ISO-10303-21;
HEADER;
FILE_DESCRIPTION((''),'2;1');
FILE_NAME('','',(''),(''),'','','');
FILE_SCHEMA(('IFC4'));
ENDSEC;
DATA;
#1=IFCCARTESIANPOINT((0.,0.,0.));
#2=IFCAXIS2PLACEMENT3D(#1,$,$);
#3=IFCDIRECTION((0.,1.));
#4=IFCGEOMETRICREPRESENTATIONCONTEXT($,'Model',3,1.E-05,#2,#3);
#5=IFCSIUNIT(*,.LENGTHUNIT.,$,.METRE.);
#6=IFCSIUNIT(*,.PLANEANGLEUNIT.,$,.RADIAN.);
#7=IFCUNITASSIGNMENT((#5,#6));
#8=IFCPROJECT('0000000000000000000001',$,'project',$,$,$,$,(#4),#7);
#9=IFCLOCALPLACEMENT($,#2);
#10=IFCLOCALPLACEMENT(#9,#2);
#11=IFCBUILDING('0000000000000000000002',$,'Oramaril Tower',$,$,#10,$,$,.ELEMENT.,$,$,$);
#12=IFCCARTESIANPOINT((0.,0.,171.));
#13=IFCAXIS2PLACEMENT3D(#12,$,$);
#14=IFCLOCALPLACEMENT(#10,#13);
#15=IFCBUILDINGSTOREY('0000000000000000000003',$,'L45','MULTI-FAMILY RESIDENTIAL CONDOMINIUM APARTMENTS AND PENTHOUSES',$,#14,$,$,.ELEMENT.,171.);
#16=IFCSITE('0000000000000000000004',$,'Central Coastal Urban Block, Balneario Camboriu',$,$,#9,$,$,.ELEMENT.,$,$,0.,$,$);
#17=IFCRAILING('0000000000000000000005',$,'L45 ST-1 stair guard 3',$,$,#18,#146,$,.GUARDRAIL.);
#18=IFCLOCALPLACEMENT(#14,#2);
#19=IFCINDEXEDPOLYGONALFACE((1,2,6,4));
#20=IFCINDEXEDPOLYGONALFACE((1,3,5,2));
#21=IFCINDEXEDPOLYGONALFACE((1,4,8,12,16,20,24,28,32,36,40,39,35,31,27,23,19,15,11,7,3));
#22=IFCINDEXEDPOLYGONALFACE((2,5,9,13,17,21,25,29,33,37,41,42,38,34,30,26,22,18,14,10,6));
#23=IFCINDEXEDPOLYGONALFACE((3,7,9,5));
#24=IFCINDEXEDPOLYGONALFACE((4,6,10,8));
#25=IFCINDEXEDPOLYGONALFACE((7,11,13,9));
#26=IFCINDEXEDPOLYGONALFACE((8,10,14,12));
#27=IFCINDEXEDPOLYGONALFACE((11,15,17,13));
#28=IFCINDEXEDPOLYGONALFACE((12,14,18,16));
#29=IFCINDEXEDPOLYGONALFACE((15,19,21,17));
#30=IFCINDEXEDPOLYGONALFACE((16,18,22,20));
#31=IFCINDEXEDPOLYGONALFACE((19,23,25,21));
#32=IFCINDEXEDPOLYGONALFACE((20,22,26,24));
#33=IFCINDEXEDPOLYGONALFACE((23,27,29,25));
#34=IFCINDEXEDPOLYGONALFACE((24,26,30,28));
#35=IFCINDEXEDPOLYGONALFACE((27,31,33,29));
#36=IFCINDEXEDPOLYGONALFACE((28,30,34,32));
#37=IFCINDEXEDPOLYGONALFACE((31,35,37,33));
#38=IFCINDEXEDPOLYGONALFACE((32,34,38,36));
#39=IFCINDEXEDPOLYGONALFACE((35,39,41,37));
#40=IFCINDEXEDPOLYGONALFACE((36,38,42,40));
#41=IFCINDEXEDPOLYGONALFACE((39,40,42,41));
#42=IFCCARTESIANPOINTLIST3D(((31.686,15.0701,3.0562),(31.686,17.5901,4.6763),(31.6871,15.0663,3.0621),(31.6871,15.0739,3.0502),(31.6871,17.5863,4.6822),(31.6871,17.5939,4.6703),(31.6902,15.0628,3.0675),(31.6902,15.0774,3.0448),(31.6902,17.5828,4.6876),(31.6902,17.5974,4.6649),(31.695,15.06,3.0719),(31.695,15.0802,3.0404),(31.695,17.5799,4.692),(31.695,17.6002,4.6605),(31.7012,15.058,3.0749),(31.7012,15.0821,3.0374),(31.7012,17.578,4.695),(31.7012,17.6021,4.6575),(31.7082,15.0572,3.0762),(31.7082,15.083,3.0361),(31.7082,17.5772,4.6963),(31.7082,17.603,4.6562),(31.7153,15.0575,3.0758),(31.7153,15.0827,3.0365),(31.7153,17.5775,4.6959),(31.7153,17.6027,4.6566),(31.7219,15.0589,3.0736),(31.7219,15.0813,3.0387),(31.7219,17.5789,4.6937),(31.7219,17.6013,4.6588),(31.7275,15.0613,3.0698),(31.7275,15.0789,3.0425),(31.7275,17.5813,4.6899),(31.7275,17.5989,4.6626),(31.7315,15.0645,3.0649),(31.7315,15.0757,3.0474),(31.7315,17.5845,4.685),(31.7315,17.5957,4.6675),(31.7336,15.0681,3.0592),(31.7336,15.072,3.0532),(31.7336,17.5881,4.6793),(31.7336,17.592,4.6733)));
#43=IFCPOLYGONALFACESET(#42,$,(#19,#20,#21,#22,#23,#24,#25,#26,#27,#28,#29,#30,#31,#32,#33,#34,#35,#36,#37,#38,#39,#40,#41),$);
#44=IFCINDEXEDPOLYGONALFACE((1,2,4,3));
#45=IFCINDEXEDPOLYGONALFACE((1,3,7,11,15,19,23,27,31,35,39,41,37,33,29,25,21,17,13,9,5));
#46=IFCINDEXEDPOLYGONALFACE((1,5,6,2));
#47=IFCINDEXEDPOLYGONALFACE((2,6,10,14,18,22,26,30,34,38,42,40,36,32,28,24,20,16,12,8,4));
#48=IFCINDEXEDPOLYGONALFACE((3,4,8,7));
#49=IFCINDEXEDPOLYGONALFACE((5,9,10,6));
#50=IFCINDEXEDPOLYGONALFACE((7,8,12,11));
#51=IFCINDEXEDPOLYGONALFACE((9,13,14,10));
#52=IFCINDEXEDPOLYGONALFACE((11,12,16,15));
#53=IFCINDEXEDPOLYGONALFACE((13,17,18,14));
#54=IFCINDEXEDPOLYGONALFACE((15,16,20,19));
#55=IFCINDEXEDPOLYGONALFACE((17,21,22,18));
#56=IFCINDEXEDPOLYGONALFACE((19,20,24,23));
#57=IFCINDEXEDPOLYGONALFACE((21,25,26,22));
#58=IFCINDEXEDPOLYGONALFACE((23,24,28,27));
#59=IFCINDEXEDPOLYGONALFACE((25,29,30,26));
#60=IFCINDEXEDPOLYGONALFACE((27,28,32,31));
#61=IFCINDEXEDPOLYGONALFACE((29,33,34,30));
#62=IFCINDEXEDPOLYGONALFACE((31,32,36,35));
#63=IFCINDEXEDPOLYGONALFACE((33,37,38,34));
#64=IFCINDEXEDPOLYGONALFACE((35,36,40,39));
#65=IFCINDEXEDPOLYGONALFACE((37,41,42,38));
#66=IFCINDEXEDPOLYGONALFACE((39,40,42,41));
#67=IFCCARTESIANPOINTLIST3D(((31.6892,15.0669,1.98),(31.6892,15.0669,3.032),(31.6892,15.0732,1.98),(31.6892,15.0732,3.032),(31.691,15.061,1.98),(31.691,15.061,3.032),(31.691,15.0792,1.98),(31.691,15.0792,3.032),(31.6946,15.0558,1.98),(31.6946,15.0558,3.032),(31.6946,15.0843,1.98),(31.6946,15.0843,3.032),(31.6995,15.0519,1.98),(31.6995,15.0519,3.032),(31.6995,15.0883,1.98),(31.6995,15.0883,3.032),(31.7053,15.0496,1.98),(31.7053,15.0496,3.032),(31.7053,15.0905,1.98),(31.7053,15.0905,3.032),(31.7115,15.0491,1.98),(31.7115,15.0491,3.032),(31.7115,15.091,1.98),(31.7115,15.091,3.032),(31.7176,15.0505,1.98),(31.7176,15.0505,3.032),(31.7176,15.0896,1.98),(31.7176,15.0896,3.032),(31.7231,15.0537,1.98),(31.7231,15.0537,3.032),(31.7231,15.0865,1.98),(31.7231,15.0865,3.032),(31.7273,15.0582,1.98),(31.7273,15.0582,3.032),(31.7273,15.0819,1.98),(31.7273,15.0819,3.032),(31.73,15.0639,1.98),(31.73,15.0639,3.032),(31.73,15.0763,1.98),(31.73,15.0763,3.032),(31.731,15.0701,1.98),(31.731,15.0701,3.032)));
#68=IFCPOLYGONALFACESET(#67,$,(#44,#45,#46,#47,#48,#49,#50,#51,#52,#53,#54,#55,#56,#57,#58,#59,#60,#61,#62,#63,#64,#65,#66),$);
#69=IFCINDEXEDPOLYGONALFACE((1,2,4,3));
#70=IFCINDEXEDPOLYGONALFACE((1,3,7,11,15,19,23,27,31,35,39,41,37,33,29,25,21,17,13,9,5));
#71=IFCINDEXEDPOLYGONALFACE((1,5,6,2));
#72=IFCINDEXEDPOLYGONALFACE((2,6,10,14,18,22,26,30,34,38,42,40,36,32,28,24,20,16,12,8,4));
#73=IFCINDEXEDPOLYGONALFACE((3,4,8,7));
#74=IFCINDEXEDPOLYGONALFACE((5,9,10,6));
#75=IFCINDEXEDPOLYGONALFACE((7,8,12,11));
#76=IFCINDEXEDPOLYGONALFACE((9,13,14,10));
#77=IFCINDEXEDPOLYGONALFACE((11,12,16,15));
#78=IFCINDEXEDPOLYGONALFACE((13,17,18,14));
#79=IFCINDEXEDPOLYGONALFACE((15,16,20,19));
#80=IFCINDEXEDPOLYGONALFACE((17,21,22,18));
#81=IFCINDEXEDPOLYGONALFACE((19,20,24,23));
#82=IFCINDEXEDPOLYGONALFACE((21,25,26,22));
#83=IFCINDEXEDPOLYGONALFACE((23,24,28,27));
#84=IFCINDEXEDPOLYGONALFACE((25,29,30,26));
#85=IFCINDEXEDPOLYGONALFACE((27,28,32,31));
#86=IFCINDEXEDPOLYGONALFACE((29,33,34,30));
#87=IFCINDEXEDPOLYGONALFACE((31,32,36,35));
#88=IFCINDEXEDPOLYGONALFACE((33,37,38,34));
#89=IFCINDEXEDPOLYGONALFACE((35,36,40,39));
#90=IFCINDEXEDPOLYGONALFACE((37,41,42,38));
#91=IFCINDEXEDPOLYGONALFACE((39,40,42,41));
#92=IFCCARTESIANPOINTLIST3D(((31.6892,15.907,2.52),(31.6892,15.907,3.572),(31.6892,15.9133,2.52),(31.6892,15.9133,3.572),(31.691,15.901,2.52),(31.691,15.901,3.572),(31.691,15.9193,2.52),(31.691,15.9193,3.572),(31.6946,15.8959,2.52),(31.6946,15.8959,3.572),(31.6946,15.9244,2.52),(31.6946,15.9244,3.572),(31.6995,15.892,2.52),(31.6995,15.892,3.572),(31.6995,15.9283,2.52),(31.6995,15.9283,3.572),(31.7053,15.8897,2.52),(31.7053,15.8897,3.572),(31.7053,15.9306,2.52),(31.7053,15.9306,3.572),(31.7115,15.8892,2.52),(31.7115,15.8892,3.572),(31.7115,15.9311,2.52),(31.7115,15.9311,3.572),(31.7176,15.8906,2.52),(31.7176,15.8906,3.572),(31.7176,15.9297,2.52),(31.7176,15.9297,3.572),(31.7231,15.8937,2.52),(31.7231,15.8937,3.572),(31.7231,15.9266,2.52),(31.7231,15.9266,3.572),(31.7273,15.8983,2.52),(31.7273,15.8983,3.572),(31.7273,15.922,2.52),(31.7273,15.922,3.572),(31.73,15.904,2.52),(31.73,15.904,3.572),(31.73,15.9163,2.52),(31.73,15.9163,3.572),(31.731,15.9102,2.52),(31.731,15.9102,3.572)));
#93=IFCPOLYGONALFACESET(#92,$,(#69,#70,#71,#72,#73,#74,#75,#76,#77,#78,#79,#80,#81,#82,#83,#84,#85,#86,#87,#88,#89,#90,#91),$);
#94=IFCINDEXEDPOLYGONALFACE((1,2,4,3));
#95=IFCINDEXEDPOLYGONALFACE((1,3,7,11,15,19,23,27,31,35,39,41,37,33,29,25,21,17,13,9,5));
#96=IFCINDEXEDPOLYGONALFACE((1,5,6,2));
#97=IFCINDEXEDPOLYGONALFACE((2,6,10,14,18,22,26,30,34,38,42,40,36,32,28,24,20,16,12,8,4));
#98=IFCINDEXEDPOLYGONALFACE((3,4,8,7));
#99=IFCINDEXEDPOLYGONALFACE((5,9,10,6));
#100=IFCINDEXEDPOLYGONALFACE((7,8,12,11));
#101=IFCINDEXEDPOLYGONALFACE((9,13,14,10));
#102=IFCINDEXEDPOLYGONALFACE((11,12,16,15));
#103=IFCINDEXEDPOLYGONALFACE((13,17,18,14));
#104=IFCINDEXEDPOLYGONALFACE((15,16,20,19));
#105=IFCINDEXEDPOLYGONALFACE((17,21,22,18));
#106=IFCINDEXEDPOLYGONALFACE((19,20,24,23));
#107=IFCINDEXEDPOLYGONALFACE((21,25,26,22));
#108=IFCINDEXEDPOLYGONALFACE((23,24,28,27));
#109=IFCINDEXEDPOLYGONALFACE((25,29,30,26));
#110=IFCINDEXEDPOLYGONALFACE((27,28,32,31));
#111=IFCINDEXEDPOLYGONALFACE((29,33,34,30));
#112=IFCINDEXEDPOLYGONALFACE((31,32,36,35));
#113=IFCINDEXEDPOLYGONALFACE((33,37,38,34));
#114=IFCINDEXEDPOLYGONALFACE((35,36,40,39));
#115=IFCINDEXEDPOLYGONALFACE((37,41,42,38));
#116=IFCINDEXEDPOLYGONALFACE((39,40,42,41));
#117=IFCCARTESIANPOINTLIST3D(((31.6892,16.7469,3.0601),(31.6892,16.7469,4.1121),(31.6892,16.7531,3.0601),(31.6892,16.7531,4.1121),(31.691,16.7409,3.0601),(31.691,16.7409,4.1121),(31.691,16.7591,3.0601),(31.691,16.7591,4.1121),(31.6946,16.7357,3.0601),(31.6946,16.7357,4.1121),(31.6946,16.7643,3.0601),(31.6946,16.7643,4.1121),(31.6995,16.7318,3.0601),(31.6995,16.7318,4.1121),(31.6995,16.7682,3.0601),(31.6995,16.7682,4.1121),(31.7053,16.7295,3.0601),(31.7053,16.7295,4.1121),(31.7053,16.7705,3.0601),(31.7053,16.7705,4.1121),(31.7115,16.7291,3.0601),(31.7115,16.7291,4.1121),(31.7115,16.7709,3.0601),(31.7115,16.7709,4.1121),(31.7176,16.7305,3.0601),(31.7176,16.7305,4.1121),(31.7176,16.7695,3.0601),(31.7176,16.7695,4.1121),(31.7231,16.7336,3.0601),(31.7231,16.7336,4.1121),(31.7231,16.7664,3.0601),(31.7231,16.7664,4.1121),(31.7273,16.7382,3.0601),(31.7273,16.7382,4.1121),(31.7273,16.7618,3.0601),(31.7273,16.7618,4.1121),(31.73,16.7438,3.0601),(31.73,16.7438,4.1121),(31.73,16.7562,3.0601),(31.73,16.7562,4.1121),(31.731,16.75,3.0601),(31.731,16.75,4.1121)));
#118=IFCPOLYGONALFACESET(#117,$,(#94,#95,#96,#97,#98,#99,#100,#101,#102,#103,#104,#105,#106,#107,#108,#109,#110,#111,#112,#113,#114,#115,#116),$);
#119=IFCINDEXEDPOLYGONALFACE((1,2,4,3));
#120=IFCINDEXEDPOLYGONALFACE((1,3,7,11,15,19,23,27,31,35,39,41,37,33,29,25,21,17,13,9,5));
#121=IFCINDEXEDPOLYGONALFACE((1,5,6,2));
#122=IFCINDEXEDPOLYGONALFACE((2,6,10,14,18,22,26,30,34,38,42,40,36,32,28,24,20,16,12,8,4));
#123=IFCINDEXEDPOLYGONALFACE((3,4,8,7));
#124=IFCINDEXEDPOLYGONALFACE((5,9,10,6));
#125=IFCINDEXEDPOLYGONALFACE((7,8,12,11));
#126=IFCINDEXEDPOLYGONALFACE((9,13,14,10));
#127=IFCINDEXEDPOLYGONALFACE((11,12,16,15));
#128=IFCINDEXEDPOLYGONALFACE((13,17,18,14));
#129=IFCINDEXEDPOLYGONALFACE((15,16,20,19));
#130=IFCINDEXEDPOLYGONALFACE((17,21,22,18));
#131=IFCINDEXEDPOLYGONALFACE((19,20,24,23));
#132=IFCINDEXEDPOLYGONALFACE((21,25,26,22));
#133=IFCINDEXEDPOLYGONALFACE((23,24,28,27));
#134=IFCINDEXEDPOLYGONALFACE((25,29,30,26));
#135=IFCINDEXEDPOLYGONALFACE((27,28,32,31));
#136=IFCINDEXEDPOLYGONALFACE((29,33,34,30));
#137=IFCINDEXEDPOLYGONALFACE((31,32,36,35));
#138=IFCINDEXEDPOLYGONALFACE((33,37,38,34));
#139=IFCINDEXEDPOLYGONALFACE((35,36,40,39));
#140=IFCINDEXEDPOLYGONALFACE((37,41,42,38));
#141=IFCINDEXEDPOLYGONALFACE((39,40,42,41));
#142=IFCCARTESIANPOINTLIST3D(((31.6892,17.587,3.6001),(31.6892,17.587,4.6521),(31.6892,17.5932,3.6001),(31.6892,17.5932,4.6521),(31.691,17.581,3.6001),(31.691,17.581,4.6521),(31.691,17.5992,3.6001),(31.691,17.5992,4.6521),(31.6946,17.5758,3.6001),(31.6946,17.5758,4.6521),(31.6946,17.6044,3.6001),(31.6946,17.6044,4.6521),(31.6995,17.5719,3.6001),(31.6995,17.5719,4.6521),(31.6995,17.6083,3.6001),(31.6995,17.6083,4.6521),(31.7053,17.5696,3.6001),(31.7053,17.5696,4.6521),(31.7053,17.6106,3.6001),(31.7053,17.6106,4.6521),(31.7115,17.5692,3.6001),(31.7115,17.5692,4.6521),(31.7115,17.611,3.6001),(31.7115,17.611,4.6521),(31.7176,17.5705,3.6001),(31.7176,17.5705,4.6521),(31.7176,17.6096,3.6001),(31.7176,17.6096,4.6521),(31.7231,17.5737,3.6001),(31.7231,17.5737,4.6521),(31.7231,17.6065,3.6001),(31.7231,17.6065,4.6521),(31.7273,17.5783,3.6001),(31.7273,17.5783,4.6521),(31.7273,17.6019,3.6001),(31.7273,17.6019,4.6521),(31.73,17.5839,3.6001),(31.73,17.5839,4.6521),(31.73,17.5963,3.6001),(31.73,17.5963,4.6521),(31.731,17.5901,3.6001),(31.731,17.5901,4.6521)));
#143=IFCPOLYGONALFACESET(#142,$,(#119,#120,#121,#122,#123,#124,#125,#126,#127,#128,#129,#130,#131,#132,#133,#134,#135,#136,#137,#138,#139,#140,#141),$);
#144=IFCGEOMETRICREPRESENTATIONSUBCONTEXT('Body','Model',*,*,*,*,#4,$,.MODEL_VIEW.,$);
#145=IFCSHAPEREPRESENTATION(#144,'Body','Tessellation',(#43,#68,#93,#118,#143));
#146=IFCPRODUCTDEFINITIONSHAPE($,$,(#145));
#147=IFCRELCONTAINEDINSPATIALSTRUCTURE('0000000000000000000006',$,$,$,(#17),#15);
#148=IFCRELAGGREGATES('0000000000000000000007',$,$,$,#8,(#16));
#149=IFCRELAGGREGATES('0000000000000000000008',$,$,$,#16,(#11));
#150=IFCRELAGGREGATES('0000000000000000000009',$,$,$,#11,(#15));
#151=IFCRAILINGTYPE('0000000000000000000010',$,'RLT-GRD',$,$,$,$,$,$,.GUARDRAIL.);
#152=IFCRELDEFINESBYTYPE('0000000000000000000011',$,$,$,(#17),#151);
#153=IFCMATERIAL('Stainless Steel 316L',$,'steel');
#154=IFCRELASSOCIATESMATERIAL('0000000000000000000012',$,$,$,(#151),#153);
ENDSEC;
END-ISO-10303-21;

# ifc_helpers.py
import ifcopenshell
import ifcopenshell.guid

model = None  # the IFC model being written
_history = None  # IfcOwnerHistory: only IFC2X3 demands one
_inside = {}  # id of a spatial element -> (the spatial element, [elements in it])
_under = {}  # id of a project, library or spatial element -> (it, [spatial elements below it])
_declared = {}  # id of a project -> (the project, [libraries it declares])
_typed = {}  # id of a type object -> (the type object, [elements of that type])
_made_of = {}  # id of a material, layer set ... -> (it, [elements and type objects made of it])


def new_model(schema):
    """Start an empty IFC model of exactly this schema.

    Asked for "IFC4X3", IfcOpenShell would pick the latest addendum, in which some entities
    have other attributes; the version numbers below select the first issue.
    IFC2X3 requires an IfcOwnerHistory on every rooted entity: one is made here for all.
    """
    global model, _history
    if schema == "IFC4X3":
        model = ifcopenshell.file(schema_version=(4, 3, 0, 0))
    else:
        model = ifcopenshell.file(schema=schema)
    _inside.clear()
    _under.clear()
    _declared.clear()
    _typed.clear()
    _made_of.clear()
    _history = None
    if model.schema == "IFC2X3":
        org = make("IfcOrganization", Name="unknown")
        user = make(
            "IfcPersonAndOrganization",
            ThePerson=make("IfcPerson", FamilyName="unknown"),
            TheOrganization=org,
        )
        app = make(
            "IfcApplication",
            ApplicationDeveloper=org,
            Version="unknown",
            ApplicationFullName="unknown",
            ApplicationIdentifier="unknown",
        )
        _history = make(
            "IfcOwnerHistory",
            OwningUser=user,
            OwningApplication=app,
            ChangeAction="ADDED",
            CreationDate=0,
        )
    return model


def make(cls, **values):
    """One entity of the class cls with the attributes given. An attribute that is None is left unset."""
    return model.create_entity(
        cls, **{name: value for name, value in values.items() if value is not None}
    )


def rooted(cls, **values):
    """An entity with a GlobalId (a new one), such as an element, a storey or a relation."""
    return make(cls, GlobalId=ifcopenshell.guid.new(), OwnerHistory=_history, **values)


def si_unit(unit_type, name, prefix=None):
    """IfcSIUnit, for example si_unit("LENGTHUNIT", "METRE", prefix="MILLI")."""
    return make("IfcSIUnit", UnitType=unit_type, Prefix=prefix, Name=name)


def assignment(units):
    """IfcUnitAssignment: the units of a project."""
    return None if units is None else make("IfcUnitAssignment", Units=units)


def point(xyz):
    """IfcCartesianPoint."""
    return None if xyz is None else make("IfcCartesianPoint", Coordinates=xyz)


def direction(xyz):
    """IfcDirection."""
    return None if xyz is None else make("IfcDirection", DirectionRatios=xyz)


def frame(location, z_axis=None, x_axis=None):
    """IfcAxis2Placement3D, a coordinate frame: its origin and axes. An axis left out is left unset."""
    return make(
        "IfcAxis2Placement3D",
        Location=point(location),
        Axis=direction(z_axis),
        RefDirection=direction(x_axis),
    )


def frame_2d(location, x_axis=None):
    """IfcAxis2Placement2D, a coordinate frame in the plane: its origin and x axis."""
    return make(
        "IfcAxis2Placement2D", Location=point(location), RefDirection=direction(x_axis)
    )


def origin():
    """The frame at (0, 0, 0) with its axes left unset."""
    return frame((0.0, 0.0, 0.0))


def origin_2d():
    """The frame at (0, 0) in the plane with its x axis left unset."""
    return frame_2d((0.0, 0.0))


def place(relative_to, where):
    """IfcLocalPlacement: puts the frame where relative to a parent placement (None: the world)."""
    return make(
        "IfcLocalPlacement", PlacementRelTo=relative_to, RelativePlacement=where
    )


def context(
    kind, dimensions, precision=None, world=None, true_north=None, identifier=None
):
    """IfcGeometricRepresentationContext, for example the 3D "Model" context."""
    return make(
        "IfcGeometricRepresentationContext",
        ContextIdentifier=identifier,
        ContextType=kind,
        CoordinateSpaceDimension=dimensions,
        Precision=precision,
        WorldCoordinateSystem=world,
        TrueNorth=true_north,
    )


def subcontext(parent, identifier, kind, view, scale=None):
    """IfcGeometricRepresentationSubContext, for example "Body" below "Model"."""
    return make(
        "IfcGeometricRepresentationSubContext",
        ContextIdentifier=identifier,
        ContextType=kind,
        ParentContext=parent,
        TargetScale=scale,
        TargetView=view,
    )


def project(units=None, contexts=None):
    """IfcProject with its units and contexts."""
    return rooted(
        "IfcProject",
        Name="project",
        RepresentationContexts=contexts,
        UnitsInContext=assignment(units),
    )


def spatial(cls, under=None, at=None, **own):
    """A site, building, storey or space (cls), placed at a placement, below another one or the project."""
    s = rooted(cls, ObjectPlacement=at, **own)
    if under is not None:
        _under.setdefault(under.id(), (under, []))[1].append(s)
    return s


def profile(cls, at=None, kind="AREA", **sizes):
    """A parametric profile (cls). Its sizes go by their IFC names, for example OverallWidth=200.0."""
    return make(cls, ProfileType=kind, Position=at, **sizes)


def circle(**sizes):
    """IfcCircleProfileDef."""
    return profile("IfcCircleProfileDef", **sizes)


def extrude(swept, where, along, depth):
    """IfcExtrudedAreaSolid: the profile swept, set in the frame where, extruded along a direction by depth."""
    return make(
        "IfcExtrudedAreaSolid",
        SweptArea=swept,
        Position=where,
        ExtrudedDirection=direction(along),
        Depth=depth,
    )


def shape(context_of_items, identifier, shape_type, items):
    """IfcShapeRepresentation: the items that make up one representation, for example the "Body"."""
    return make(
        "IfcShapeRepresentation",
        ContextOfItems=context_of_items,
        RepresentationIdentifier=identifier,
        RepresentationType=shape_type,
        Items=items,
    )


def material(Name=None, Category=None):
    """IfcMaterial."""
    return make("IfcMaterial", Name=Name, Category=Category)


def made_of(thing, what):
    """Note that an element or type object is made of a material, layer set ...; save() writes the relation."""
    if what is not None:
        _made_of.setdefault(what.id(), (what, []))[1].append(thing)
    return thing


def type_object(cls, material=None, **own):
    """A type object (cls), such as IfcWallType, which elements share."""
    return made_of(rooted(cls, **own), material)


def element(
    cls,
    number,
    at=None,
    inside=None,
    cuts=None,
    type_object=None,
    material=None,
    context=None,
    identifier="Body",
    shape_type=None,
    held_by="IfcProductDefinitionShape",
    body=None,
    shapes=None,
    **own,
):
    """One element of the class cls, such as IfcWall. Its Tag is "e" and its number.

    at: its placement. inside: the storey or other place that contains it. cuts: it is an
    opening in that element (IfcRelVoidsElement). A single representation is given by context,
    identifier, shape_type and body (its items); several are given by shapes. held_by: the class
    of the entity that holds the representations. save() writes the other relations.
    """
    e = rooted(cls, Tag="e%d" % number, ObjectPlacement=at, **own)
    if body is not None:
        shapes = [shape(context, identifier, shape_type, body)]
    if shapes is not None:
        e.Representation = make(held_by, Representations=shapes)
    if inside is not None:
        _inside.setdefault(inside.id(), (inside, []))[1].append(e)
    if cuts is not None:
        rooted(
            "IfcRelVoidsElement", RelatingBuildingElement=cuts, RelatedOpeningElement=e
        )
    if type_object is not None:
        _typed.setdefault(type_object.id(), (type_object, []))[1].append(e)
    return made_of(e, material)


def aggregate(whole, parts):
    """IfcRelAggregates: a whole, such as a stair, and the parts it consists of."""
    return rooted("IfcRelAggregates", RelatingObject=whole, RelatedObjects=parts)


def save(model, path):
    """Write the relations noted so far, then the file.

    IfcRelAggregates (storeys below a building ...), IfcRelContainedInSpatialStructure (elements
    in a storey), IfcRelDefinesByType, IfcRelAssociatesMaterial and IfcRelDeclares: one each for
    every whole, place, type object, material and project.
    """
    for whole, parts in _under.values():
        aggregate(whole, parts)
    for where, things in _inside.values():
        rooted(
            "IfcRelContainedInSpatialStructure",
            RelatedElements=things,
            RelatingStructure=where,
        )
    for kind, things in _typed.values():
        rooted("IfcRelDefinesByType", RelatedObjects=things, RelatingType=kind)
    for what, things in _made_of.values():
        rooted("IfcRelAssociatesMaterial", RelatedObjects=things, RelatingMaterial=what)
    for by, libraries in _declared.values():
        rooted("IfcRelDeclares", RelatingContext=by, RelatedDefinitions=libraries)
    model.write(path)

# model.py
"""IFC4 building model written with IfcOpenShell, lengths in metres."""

from ifc_helpers import new_model, si_unit, direction, frame, origin, origin_2d, place, context, subcontext, project, spatial, circle, extrude, material, type_object, element, save


model = new_model("IFC4")

# Units and contexts
model_context = context("Model", 3, precision=1e-05, world=origin(), true_north=direction((0.0, 1.0)))
body_context = subcontext(model_context, "Body", "Model", "MODEL_VIEW")
ifc_project = project(units=[si_unit("LENGTHUNIT", "METRE"), si_unit("PLANEANGLEUNIT", "RADIAN")], contexts=[model_context])

# Site, building, storey
site_placement = place(None, origin())
site = spatial("IfcSite", under=ifc_project, at=site_placement, Name="Central Coastal Urban Block, Balneario Camboriu", CompositionType="ELEMENT", RefElevation=0.0)
building_placement = place(site_placement, origin())
building = spatial("IfcBuilding", under=site, at=building_placement, Name="Oramaril Tower", CompositionType="ELEMENT")
storey_placement = place(building_placement, frame((0.0, 0.0, 171.0)))
storey = spatial("IfcBuildingStorey", under=building, at=storey_placement, Name="L45", Description="MULTI-FAMILY RESIDENTIAL CONDOMINIUM APARTMENTS AND PENTHOUSES", CompositionType="ELEMENT", Elevation=171.0)

# Railing
ifc_material_1 = material(Name="Stainless Steel 316L", Category="steel")
railing_type_1 = type_object("IfcRailingType", Name="RLT-GRD", PredefinedType="GUARDRAIL", material=ifc_material_1)
railing_1_placement = place(storey_placement, frame((31.71, 15.0701, 1.98)))
element("IfcRailing", 1, at=railing_1_placement, inside=storey, type_object=railing_type_1, Name="L45 ST-1 stair guard 3", PredefinedType="GUARDRAIL", context=body_context, shape_type="SweptSolid", body=[
    extrude(circle(Radius=0.0239, at=origin_2d()), frame((0.0, 0.0, 1.0762), z_axis=(0.0, 0.841163, 0.540782), x_axis=(-1.0, 0.0, 0.0)), (0.0, 0.0, 1.0), 2.9958),
    extrude(circle(Radius=0.021, at=origin_2d()), origin(), (0.0, 0.0, 1.0), 1.052),
    extrude(circle(Radius=0.021, at=origin_2d()), frame((0.0, 0.8401, 0.54)), (0.0, 0.0, 1.0), 1.052),
    extrude(circle(Radius=0.021, at=origin_2d()), frame((0.0, 1.6799, 1.0801)), (0.0, 0.0, 1.0), 1.052),
    extrude(circle(Radius=0.021, at=origin_2d()), frame((0.0, 2.52, 1.6201)), (0.0, 0.0, 1.0), 1.052),
])

save(model, "model.ifc")
